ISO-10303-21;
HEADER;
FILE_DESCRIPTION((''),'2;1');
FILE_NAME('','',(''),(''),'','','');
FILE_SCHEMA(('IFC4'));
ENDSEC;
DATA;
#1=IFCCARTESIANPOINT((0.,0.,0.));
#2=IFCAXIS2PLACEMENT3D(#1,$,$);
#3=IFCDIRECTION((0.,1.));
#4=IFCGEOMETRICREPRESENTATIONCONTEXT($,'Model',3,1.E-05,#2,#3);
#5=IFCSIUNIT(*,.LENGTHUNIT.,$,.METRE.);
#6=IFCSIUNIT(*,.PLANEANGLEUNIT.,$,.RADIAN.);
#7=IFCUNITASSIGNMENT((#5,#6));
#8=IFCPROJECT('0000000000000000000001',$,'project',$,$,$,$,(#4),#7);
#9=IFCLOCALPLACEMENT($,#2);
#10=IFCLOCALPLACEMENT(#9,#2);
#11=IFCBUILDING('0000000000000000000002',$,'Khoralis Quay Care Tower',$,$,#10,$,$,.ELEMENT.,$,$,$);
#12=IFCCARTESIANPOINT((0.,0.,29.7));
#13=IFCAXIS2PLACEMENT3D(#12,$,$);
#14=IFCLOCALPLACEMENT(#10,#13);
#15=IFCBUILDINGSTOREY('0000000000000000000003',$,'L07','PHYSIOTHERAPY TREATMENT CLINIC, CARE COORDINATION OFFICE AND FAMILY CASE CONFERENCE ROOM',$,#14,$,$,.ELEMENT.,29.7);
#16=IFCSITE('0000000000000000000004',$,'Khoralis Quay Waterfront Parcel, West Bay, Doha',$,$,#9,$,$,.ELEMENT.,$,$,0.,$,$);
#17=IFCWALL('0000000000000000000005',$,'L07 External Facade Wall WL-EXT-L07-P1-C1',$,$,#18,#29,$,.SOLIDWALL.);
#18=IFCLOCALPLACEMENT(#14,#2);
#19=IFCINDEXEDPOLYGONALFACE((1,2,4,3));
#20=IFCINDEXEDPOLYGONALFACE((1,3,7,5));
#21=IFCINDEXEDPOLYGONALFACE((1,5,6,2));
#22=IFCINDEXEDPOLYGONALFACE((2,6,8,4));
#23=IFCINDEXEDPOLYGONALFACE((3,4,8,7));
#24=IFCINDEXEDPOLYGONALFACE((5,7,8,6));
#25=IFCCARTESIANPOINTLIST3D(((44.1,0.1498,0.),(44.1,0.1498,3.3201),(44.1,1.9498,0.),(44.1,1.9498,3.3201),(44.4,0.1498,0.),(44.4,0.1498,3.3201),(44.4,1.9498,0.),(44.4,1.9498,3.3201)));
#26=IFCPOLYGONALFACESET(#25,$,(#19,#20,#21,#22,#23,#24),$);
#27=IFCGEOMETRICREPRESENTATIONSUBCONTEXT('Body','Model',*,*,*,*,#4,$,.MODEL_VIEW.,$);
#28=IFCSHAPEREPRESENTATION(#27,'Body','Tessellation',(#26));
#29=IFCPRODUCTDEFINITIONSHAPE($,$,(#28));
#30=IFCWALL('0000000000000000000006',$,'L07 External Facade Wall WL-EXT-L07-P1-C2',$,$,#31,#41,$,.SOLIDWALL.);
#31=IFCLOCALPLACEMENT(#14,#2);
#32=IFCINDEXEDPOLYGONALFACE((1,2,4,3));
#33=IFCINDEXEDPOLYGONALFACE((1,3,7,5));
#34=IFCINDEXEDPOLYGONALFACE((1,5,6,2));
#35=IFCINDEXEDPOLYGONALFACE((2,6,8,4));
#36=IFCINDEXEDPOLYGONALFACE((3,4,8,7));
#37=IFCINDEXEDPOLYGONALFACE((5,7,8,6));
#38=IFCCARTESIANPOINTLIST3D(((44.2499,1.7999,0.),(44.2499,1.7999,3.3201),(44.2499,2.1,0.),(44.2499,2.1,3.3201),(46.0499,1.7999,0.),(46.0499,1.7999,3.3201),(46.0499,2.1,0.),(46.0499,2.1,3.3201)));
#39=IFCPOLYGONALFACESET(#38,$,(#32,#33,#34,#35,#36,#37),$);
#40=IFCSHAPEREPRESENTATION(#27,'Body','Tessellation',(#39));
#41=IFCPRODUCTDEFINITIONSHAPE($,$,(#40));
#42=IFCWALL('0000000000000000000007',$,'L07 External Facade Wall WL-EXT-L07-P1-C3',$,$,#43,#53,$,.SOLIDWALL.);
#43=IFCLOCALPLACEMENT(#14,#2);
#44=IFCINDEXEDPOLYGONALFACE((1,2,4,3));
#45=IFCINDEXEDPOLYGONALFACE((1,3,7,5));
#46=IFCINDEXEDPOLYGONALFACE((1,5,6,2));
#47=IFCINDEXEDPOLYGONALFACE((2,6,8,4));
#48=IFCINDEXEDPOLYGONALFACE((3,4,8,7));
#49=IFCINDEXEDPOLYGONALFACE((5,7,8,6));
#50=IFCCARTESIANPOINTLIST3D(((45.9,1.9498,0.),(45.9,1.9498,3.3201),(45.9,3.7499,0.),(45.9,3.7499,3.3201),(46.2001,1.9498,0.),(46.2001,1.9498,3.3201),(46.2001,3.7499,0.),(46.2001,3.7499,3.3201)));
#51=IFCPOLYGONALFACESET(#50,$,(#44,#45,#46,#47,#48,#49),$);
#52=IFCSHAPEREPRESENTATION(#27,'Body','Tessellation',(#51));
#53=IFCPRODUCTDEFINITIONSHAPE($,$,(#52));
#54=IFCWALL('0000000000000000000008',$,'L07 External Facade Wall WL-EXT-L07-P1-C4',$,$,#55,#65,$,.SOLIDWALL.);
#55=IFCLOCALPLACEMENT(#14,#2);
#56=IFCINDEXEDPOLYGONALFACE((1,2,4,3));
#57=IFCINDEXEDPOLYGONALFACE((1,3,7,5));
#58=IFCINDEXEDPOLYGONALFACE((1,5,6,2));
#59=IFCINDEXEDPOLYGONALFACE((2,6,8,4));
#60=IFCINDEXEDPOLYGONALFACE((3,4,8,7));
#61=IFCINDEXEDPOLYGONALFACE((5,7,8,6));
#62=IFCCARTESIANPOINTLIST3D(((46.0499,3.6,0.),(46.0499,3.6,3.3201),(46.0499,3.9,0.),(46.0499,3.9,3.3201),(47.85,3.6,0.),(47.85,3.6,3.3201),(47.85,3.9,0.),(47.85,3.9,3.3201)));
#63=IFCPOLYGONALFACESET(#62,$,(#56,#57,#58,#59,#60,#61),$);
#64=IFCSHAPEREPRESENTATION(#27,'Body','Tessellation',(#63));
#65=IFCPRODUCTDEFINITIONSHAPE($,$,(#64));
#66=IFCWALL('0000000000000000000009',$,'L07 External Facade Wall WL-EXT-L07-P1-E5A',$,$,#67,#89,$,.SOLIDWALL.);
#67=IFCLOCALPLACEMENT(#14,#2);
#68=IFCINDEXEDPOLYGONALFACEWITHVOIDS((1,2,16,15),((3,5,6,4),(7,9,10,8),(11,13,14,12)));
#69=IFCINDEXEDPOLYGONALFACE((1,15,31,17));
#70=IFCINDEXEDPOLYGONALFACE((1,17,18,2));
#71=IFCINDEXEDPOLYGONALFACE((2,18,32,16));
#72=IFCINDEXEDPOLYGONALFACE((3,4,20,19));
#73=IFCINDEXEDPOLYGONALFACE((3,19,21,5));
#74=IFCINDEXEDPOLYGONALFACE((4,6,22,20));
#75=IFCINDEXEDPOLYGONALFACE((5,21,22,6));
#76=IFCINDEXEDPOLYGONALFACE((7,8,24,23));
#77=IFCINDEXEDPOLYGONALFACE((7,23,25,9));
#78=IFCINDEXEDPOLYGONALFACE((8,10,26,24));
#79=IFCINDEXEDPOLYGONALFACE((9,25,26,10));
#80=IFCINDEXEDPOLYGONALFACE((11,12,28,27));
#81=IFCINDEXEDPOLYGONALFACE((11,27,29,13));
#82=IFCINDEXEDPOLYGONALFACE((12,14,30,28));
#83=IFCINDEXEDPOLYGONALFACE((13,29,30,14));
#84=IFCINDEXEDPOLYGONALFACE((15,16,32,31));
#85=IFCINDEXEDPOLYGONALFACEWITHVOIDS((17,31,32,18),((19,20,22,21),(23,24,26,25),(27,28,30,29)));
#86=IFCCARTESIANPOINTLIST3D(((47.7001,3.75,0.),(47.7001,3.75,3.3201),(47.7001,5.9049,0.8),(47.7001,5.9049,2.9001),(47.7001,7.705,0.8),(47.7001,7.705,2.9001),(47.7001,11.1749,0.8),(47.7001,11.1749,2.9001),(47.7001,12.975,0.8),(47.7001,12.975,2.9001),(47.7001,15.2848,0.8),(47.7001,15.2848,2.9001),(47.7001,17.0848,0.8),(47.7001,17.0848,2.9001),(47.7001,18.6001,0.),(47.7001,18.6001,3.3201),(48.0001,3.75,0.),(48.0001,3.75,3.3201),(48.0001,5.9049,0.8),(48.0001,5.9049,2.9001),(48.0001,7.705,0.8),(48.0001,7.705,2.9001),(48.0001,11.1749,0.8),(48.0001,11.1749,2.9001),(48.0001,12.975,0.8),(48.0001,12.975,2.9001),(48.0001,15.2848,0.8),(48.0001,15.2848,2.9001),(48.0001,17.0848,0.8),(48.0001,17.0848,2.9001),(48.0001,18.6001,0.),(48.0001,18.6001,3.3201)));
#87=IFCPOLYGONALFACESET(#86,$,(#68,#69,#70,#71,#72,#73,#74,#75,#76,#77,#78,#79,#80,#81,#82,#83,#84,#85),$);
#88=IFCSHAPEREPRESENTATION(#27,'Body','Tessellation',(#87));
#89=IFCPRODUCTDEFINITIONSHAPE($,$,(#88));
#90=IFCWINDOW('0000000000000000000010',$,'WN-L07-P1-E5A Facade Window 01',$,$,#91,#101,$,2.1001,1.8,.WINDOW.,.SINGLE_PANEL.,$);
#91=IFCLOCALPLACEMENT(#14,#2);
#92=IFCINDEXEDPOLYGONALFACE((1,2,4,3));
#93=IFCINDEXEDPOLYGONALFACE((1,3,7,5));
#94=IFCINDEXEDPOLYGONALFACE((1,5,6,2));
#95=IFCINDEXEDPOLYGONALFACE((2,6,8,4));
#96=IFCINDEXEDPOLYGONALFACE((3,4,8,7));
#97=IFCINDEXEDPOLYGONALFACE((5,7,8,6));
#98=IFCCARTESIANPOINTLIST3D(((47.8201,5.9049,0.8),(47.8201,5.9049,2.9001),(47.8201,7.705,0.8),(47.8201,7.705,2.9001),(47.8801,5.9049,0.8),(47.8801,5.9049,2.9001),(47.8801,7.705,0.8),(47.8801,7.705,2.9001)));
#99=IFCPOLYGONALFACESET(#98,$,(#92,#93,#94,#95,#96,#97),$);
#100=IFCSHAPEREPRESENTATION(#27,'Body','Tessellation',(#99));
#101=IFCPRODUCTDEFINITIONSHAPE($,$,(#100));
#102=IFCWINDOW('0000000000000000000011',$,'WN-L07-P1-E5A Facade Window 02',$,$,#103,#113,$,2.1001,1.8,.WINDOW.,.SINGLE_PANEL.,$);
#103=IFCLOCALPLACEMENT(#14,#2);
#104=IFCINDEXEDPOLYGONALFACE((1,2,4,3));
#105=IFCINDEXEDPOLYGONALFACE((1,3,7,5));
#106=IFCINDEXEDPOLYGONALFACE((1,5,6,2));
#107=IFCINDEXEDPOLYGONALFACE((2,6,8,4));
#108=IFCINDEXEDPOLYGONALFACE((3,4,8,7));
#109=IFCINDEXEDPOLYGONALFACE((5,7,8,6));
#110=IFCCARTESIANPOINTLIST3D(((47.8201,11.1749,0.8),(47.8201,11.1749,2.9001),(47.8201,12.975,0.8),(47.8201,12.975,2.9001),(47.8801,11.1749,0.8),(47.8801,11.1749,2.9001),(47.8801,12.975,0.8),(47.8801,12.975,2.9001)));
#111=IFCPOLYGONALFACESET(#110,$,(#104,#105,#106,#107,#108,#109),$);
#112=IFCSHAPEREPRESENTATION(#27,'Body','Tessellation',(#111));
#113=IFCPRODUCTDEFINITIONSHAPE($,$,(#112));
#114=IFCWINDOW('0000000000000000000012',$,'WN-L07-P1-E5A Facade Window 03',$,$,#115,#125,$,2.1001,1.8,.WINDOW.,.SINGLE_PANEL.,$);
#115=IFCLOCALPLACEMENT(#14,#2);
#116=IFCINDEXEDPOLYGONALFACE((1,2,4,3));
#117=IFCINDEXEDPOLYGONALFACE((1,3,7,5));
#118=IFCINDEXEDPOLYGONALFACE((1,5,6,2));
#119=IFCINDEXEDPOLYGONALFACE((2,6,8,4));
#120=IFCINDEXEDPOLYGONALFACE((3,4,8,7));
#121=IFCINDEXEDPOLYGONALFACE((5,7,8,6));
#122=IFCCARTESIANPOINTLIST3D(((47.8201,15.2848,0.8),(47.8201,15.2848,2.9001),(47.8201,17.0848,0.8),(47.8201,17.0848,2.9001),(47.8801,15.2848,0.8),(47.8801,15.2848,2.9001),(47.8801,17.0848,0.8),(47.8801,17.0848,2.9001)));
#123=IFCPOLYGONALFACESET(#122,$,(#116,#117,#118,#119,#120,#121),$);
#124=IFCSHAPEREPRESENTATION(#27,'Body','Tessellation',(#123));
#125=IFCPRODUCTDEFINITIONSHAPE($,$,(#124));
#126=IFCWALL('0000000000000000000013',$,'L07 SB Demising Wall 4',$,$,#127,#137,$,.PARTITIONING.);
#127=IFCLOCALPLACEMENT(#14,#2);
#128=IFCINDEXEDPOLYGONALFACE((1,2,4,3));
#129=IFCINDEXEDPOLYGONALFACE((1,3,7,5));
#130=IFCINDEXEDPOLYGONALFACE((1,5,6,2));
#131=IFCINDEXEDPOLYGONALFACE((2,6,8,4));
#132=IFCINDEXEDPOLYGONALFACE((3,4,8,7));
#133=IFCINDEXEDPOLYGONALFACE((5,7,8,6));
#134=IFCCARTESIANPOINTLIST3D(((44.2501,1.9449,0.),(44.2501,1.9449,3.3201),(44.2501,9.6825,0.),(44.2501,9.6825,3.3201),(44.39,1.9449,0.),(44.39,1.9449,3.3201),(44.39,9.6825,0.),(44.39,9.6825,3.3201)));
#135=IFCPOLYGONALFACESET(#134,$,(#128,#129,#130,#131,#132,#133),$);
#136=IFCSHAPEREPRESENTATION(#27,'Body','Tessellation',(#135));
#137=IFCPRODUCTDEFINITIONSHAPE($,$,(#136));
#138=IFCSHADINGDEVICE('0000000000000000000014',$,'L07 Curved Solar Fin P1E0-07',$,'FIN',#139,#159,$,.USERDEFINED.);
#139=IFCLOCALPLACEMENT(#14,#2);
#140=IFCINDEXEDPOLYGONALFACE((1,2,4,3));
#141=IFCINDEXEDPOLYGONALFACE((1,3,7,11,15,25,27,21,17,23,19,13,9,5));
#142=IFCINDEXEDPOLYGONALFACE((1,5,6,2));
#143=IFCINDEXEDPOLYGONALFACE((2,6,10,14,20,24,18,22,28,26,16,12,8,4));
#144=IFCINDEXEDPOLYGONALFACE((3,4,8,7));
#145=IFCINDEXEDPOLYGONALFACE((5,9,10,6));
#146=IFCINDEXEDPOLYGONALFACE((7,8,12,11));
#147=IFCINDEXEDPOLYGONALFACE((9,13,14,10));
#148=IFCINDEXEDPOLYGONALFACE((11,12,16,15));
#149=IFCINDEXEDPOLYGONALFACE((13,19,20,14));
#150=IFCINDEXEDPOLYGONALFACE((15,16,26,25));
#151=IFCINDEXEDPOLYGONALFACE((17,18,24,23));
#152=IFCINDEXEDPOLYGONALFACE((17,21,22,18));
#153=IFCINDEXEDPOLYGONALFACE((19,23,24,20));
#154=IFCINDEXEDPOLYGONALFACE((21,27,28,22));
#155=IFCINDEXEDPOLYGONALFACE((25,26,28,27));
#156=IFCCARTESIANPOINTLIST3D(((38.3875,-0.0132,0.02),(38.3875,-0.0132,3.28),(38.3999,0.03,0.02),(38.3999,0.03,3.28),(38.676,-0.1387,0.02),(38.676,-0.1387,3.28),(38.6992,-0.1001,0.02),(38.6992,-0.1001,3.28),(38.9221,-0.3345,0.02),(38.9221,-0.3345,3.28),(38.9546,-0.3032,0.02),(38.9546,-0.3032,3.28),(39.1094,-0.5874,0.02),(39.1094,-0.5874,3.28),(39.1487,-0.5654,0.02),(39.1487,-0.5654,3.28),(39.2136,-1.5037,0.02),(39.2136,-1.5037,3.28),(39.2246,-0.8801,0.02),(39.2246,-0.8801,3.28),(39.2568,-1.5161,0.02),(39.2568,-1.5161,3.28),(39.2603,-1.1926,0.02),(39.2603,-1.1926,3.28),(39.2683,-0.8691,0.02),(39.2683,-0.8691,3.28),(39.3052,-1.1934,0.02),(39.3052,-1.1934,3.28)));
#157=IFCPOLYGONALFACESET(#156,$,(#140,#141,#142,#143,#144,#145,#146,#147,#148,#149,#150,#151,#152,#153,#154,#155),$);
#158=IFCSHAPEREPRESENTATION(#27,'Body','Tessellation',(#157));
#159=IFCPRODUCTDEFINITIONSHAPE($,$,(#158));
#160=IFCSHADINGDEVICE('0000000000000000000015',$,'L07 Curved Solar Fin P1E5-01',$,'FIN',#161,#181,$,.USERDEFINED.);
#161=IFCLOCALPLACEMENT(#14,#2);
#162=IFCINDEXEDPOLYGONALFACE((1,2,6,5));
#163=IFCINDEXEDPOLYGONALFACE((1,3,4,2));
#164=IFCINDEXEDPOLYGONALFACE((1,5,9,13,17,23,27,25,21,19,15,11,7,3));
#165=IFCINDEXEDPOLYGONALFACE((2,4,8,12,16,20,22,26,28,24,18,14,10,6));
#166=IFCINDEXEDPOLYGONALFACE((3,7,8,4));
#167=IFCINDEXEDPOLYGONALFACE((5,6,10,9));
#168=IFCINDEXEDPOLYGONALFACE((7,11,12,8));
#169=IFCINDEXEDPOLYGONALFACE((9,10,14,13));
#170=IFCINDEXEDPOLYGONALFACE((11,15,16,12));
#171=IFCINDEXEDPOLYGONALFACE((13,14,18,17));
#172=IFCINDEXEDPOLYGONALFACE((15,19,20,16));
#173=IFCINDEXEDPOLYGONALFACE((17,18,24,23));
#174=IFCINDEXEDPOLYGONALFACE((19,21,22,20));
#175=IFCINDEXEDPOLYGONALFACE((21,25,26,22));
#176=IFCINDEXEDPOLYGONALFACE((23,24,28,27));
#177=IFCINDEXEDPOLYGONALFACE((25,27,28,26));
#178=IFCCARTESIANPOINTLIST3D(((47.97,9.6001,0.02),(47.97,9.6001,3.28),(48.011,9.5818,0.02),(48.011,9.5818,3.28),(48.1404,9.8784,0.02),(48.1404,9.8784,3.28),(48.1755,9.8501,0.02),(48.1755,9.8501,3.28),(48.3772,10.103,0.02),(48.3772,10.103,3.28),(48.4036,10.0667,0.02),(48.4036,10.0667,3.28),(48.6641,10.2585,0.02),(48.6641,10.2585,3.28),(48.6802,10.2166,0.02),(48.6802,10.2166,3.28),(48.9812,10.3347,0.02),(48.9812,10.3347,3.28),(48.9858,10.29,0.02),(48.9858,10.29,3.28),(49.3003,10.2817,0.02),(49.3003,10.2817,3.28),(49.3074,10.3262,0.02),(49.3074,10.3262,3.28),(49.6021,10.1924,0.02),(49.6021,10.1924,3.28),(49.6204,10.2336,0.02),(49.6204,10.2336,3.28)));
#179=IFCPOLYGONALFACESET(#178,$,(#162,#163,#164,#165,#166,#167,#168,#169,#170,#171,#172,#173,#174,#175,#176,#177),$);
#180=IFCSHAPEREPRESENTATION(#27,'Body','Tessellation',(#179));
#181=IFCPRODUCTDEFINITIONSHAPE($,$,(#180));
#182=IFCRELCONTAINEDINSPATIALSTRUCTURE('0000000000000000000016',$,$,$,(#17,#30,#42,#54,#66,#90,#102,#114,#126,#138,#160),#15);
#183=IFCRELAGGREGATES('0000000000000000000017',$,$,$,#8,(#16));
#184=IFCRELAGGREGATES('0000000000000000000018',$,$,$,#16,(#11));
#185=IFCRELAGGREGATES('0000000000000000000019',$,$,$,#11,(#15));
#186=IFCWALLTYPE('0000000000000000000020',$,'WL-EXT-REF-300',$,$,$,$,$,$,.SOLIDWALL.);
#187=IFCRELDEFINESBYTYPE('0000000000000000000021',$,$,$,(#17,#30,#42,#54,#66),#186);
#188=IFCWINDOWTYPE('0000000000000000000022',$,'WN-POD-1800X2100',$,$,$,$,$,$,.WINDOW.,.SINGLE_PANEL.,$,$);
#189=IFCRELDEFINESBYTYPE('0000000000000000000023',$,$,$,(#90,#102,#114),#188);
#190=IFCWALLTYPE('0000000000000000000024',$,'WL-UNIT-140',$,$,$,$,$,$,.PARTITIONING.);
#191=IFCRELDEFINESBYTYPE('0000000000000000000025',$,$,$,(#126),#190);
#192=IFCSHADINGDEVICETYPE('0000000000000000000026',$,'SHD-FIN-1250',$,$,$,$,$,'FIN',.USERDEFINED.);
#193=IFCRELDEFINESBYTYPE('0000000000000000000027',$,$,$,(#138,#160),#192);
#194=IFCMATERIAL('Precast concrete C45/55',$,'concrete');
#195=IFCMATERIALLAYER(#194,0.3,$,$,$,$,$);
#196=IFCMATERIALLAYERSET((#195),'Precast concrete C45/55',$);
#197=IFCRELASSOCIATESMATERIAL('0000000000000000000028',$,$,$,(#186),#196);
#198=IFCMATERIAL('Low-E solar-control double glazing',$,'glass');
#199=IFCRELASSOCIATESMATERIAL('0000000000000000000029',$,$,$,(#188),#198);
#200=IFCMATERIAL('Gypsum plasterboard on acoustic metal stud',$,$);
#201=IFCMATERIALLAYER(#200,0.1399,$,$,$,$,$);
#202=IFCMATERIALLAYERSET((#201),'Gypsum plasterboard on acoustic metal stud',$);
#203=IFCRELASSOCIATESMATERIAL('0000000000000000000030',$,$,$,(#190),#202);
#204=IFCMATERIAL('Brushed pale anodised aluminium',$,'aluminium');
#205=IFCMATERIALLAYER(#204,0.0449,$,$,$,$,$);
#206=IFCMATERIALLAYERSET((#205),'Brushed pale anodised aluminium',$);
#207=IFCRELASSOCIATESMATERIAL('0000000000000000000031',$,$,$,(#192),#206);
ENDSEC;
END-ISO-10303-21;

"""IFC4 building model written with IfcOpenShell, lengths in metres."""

from ifc_helpers import new_model, si_unit, direction, frame, frame_2d, origin, place, context, subcontext, project, spatial, polyline, rectangle, outline, extrude, source, transform, mapped, material, layer, layer_set, type_object, element, fill, save


model = new_model("IFC4")

# Units and contexts
model_context = context("Model", 3, precision=1e-05, world=origin(), true_north=direction((0.0, 1.0)))
body_context = subcontext(model_context, "Body", "Model", "MODEL_VIEW")
ifc_project = project(units=[si_unit("LENGTHUNIT", "METRE"), si_unit("PLANEANGLEUNIT", "RADIAN")], contexts=[model_context])

# Site, building, storey
site_placement = place(None, origin())
site = spatial("IfcSite", under=ifc_project, at=site_placement, Name="Khoralis Quay Waterfront Parcel, West Bay, Doha", CompositionType="ELEMENT", RefElevation=0.0)
building_placement = place(site_placement, origin())
building = spatial("IfcBuilding", under=site, at=building_placement, Name="Khoralis Quay Care Tower", CompositionType="ELEMENT")
storey_placement = place(building_placement, frame((0.0, 0.0, 29.7)))
storey = spatial("IfcBuildingStorey", under=building, at=storey_placement, Name="L07", Description="PHYSIOTHERAPY TREATMENT CLINIC, CARE COORDINATION OFFICE AND FAMILY CASE CONFERENCE ROOM", CompositionType="ELEMENT", Elevation=29.7)

# Shared definitions
ifc_material_1 = material(Name="Gypsum plasterboard on acoustic metal stud")

# Walls
ifc_material_2 = material(Name="Precast concrete C45/55", Category="concrete")
ifc_layer_1 = layer(ifc_material_2, 0.3)
ifc_layer_set_1 = layer_set([ifc_layer_1], Name="Precast concrete C45/55")
wall_type_1 = type_object("IfcWallType", Name="WL-EXT-REF-300", PredefinedType="SOLIDWALL", material=ifc_layer_set_1)
for number, where, z_axis, x_axis, name in (
    (1, (44.25, 0.1499, 0.0), (0.0, 0.0, 1.0), (0.0, 1.0, 0.0), "L07 External Facade Wall WL-EXT-L07-P1-C1"),
    (2, (44.25, 1.95, 0.0), (0.0, 0.0, 1.0), (1.0, 0.0, 0.0), "L07 External Facade Wall WL-EXT-L07-P1-C2"),
    (3, (46.05, 1.95, 0.0), (0.0, 0.0, 1.0), (0.0, 1.0, 0.0), "L07 External Facade Wall WL-EXT-L07-P1-C3"),
    (4, (46.05, 3.75, 0.0), (0.0, 0.0, 1.0), (1.0, 0.0, 0.0), "L07 External Facade Wall WL-EXT-L07-P1-C4"),
):
    element("IfcWall", number, at=place(storey_placement, frame(where, z_axis=z_axis, x_axis=x_axis)), inside=storey, type_object=wall_type_1, Name=name, PredefinedType="SOLIDWALL", context=body_context, shape_type="SweptSolid", body=[
        extrude(rectangle(XDim=1.8, YDim=0.3, at=frame_2d((0.8999, 0.0))), origin(), (0.0, 0.0, 1.0), 3.3201),
    ])

# Wall, openings, windows
wall_1_placement = place(storey_placement, frame((47.8501, 3.75, 0.0), z_axis=(0.0, 0.0, 1.0), x_axis=(0.0, 1.0, 0.0)))
wall_1 = element("IfcWall", 5, at=wall_1_placement, inside=storey, type_object=wall_type_1, Name="L07 External Facade Wall WL-EXT-L07-P1-E5A", PredefinedType="SOLIDWALL", context=body_context, shape_type="SweptSolid", body=[
    extrude(rectangle(XDim=14.8501, YDim=0.3, at=frame_2d((7.425, 0.0))), origin(), (0.0, 0.0, 1.0), 3.3201),
])
opening_1_placement = place(wall_1_placement, frame((2.155, 0.0, 0.8)))
opening_1 = element("IfcOpeningElement", 6, at=opening_1_placement, cuts=wall_1, PredefinedType="OPENING", context=body_context, shape_type="SweptSolid", body=[
    extrude(rectangle(XDim=1.8, YDim=2.1001, at=frame_2d((0.8999, 1.05))), frame((0.0, 0.1602, 0.0), z_axis=(0.0, -1.0, 0.0), x_axis=(1.0, 0.0, 0.0)), (0.0, 0.0, 1.0), 0.3201),
])
opening_2_placement = place(wall_1_placement, frame((7.425, 0.0, 0.8)))
opening_2 = element("IfcOpeningElement", 7, at=opening_2_placement, cuts=wall_1, PredefinedType="OPENING", context=body_context, shape_type="SweptSolid", body=[
    extrude(rectangle(XDim=1.8, YDim=2.1001, at=frame_2d((0.8999, 1.05))), frame((0.0, 0.1602, 0.0), z_axis=(0.0, -1.0, 0.0), x_axis=(1.0, 0.0, 0.0)), (0.0, 0.0, 1.0), 0.3201),
])
opening_3_placement = place(wall_1_placement, frame((11.5349, 0.0, 0.8)))
opening_3 = element("IfcOpeningElement", 8, at=opening_3_placement, cuts=wall_1, PredefinedType="OPENING", context=body_context, shape_type="SweptSolid", body=[
    extrude(rectangle(XDim=1.8, YDim=2.1001, at=frame_2d((0.8999, 1.05))), frame((0.0, 0.1602, 0.0), z_axis=(0.0, -1.0, 0.0), x_axis=(1.0, 0.0, 0.0)), (0.0, 0.0, 1.0), 0.3201),
])
ifc_material_3 = material(Name="Low-E solar-control double glazing", Category="glass")
window_type = type_object("IfcWindowType", Name="WN-POD-1800X2100", PartitioningType="SINGLE_PANEL", PredefinedType="WINDOW", material=ifc_material_3)
shared_shape_1 = source(origin(), body_context, "Body", "SweptSolid", [
    extrude(rectangle(XDim=1.8, YDim=2.1001, at=frame_2d((0.8999, 1.05))), frame((0.0, 0.03, 0.0), z_axis=(0.0, -1.0, 0.0), x_axis=(1.0, 0.0, 0.0)), (0.0, 0.0, 1.0), 0.0601),
])
window_1_placement = place(opening_1_placement, origin())
window_1 = element("IfcWindow", 9, at=window_1_placement, inside=storey, type_object=window_type, Name="WN-L07-P1-E5A Facade Window 01", OverallHeight=2.1001, OverallWidth=1.8, PartitioningType="SINGLE_PANEL", PredefinedType="WINDOW", context=body_context, shape_type="MappedRepresentation", body=[
    mapped(shared_shape_1, transform((0.0, 0.0, 0.0), scale=1.0)),
])
fill(opening_1, window_1)
window_2_placement = place(opening_2_placement, origin())
window_2 = element("IfcWindow", 10, at=window_2_placement, inside=storey, type_object=window_type, Name="WN-L07-P1-E5A Facade Window 02", OverallHeight=2.1001, OverallWidth=1.8, PartitioningType="SINGLE_PANEL", PredefinedType="WINDOW", context=body_context, shape_type="MappedRepresentation", body=[
    mapped(shared_shape_1, transform((0.0, 0.0, 0.0), scale=1.0)),
])
fill(opening_2, window_2)
window_3_placement = place(opening_3_placement, origin())
window_3 = element("IfcWindow", 11, at=window_3_placement, inside=storey, type_object=window_type, Name="WN-L07-P1-E5A Facade Window 03", OverallHeight=2.1001, OverallWidth=1.8, PartitioningType="SINGLE_PANEL", PredefinedType="WINDOW", context=body_context, shape_type="MappedRepresentation", body=[
    mapped(shared_shape_1, transform((0.0, 0.0, 0.0), scale=1.0)),
])
fill(opening_3, window_3)

# Wall
ifc_layer_2 = layer(ifc_material_1, 0.1399)
ifc_layer_set_2 = layer_set([ifc_layer_2], Name="Gypsum plasterboard on acoustic metal stud")
wall_type_2 = type_object("IfcWallType", Name="WL-UNIT-140", PredefinedType="PARTITIONING", material=ifc_layer_set_2)
wall_2_placement = place(storey_placement, frame((44.3201, 1.9451, 0.0), z_axis=(0.0, 0.0, 1.0), x_axis=(0.0, 1.0, 0.0)))
element("IfcWall", 12, at=wall_2_placement, inside=storey, type_object=wall_type_2, Name="L07 SB Demising Wall 4", PredefinedType="PARTITIONING", context=body_context, shape_type="SweptSolid", body=[
    extrude(rectangle(XDim=7.7375, YDim=0.1399, at=frame_2d((3.8687, 0.0))), origin(), (0.0, 0.0, 1.0), 3.3201),
])

# Shading devices
ifc_material_4 = material(Name="Brushed pale anodised aluminium", Category="aluminium")
ifc_layer_3 = layer(ifc_material_4, 0.0449)
ifc_layer_set_3 = layer_set([ifc_layer_3], Name="Brushed pale anodised aluminium")
shading_device_type = type_object("IfcShadingDeviceType", Name="SHD-FIN-1250", ElementType="FIN", PredefinedType="USERDEFINED", material=ifc_layer_set_3)
shared_shape_2 = source(origin(), body_context, "Body", "SweptSolid", [
    extrude(outline(polyline([(0.0, 0.0), (0.1301, 0.2993), (0.3333, 0.5547), (0.5955, 0.7488), (0.8992, 0.8684), (1.2234, 0.9053), (1.5461, 0.8569), (1.5337, 0.8137), (1.2227, 0.8604), (0.9102, 0.8247), (0.6174, 0.7095), (0.3645, 0.5222), (0.1687, 0.2761), (0.0432, -0.0125), (0.0, 0.0)])), origin(), (0.0, 0.0, 1.0), 3.26),
])
shading_device_1_placement = place(storey_placement, frame((38.3999, 0.03, 0.02), z_axis=(0.0, 0.0, 1.0), x_axis=(0.0, -1.0, 0.0)))
element("IfcShadingDevice", 13, at=shading_device_1_placement, inside=storey, type_object=shading_device_type, Name="L07 Curved Solar Fin P1E0-07", ObjectType="FIN", PredefinedType="USERDEFINED", context=body_context, shape_type="MappedRepresentation", body=[
    mapped(shared_shape_2, transform((0.0, 0.0, 0.0), scale=1.0)),
])
shared_shape_3 = source(origin(), body_context, "Body", "SweptSolid", [
    extrude(outline(polyline([(0.0, 0.0), (0.1704, 0.2783), (0.4072, 0.5029), (0.6941, 0.6584), (1.0112, 0.7346), (1.3374, 0.7261), (1.6504, 0.6335), (1.6321, 0.5923), (1.3303, 0.6816), (1.0159, 0.6899), (0.7102, 0.6165), (0.4336, 0.4666), (0.2056, 0.25), (0.041, -0.0183), (0.0, 0.0)])), origin(), (0.0, 0.0, 1.0), 3.26),
])
shading_device_2_placement = place(storey_placement, frame((47.97, 9.6001, 0.02), z_axis=(0.0, 0.0, 1.0), x_axis=(1.0, 0.0, 0.0)))
element("IfcShadingDevice", 14, at=shading_device_2_placement, inside=storey, type_object=shading_device_type, Name="L07 Curved Solar Fin P1E5-01", ObjectType="FIN", PredefinedType="USERDEFINED", context=body_context, shape_type="MappedRepresentation", body=[
    mapped(shared_shape_3, transform((0.0, 0.0, 0.0), scale=1.0)),
])

save(model, "model.ifc")
